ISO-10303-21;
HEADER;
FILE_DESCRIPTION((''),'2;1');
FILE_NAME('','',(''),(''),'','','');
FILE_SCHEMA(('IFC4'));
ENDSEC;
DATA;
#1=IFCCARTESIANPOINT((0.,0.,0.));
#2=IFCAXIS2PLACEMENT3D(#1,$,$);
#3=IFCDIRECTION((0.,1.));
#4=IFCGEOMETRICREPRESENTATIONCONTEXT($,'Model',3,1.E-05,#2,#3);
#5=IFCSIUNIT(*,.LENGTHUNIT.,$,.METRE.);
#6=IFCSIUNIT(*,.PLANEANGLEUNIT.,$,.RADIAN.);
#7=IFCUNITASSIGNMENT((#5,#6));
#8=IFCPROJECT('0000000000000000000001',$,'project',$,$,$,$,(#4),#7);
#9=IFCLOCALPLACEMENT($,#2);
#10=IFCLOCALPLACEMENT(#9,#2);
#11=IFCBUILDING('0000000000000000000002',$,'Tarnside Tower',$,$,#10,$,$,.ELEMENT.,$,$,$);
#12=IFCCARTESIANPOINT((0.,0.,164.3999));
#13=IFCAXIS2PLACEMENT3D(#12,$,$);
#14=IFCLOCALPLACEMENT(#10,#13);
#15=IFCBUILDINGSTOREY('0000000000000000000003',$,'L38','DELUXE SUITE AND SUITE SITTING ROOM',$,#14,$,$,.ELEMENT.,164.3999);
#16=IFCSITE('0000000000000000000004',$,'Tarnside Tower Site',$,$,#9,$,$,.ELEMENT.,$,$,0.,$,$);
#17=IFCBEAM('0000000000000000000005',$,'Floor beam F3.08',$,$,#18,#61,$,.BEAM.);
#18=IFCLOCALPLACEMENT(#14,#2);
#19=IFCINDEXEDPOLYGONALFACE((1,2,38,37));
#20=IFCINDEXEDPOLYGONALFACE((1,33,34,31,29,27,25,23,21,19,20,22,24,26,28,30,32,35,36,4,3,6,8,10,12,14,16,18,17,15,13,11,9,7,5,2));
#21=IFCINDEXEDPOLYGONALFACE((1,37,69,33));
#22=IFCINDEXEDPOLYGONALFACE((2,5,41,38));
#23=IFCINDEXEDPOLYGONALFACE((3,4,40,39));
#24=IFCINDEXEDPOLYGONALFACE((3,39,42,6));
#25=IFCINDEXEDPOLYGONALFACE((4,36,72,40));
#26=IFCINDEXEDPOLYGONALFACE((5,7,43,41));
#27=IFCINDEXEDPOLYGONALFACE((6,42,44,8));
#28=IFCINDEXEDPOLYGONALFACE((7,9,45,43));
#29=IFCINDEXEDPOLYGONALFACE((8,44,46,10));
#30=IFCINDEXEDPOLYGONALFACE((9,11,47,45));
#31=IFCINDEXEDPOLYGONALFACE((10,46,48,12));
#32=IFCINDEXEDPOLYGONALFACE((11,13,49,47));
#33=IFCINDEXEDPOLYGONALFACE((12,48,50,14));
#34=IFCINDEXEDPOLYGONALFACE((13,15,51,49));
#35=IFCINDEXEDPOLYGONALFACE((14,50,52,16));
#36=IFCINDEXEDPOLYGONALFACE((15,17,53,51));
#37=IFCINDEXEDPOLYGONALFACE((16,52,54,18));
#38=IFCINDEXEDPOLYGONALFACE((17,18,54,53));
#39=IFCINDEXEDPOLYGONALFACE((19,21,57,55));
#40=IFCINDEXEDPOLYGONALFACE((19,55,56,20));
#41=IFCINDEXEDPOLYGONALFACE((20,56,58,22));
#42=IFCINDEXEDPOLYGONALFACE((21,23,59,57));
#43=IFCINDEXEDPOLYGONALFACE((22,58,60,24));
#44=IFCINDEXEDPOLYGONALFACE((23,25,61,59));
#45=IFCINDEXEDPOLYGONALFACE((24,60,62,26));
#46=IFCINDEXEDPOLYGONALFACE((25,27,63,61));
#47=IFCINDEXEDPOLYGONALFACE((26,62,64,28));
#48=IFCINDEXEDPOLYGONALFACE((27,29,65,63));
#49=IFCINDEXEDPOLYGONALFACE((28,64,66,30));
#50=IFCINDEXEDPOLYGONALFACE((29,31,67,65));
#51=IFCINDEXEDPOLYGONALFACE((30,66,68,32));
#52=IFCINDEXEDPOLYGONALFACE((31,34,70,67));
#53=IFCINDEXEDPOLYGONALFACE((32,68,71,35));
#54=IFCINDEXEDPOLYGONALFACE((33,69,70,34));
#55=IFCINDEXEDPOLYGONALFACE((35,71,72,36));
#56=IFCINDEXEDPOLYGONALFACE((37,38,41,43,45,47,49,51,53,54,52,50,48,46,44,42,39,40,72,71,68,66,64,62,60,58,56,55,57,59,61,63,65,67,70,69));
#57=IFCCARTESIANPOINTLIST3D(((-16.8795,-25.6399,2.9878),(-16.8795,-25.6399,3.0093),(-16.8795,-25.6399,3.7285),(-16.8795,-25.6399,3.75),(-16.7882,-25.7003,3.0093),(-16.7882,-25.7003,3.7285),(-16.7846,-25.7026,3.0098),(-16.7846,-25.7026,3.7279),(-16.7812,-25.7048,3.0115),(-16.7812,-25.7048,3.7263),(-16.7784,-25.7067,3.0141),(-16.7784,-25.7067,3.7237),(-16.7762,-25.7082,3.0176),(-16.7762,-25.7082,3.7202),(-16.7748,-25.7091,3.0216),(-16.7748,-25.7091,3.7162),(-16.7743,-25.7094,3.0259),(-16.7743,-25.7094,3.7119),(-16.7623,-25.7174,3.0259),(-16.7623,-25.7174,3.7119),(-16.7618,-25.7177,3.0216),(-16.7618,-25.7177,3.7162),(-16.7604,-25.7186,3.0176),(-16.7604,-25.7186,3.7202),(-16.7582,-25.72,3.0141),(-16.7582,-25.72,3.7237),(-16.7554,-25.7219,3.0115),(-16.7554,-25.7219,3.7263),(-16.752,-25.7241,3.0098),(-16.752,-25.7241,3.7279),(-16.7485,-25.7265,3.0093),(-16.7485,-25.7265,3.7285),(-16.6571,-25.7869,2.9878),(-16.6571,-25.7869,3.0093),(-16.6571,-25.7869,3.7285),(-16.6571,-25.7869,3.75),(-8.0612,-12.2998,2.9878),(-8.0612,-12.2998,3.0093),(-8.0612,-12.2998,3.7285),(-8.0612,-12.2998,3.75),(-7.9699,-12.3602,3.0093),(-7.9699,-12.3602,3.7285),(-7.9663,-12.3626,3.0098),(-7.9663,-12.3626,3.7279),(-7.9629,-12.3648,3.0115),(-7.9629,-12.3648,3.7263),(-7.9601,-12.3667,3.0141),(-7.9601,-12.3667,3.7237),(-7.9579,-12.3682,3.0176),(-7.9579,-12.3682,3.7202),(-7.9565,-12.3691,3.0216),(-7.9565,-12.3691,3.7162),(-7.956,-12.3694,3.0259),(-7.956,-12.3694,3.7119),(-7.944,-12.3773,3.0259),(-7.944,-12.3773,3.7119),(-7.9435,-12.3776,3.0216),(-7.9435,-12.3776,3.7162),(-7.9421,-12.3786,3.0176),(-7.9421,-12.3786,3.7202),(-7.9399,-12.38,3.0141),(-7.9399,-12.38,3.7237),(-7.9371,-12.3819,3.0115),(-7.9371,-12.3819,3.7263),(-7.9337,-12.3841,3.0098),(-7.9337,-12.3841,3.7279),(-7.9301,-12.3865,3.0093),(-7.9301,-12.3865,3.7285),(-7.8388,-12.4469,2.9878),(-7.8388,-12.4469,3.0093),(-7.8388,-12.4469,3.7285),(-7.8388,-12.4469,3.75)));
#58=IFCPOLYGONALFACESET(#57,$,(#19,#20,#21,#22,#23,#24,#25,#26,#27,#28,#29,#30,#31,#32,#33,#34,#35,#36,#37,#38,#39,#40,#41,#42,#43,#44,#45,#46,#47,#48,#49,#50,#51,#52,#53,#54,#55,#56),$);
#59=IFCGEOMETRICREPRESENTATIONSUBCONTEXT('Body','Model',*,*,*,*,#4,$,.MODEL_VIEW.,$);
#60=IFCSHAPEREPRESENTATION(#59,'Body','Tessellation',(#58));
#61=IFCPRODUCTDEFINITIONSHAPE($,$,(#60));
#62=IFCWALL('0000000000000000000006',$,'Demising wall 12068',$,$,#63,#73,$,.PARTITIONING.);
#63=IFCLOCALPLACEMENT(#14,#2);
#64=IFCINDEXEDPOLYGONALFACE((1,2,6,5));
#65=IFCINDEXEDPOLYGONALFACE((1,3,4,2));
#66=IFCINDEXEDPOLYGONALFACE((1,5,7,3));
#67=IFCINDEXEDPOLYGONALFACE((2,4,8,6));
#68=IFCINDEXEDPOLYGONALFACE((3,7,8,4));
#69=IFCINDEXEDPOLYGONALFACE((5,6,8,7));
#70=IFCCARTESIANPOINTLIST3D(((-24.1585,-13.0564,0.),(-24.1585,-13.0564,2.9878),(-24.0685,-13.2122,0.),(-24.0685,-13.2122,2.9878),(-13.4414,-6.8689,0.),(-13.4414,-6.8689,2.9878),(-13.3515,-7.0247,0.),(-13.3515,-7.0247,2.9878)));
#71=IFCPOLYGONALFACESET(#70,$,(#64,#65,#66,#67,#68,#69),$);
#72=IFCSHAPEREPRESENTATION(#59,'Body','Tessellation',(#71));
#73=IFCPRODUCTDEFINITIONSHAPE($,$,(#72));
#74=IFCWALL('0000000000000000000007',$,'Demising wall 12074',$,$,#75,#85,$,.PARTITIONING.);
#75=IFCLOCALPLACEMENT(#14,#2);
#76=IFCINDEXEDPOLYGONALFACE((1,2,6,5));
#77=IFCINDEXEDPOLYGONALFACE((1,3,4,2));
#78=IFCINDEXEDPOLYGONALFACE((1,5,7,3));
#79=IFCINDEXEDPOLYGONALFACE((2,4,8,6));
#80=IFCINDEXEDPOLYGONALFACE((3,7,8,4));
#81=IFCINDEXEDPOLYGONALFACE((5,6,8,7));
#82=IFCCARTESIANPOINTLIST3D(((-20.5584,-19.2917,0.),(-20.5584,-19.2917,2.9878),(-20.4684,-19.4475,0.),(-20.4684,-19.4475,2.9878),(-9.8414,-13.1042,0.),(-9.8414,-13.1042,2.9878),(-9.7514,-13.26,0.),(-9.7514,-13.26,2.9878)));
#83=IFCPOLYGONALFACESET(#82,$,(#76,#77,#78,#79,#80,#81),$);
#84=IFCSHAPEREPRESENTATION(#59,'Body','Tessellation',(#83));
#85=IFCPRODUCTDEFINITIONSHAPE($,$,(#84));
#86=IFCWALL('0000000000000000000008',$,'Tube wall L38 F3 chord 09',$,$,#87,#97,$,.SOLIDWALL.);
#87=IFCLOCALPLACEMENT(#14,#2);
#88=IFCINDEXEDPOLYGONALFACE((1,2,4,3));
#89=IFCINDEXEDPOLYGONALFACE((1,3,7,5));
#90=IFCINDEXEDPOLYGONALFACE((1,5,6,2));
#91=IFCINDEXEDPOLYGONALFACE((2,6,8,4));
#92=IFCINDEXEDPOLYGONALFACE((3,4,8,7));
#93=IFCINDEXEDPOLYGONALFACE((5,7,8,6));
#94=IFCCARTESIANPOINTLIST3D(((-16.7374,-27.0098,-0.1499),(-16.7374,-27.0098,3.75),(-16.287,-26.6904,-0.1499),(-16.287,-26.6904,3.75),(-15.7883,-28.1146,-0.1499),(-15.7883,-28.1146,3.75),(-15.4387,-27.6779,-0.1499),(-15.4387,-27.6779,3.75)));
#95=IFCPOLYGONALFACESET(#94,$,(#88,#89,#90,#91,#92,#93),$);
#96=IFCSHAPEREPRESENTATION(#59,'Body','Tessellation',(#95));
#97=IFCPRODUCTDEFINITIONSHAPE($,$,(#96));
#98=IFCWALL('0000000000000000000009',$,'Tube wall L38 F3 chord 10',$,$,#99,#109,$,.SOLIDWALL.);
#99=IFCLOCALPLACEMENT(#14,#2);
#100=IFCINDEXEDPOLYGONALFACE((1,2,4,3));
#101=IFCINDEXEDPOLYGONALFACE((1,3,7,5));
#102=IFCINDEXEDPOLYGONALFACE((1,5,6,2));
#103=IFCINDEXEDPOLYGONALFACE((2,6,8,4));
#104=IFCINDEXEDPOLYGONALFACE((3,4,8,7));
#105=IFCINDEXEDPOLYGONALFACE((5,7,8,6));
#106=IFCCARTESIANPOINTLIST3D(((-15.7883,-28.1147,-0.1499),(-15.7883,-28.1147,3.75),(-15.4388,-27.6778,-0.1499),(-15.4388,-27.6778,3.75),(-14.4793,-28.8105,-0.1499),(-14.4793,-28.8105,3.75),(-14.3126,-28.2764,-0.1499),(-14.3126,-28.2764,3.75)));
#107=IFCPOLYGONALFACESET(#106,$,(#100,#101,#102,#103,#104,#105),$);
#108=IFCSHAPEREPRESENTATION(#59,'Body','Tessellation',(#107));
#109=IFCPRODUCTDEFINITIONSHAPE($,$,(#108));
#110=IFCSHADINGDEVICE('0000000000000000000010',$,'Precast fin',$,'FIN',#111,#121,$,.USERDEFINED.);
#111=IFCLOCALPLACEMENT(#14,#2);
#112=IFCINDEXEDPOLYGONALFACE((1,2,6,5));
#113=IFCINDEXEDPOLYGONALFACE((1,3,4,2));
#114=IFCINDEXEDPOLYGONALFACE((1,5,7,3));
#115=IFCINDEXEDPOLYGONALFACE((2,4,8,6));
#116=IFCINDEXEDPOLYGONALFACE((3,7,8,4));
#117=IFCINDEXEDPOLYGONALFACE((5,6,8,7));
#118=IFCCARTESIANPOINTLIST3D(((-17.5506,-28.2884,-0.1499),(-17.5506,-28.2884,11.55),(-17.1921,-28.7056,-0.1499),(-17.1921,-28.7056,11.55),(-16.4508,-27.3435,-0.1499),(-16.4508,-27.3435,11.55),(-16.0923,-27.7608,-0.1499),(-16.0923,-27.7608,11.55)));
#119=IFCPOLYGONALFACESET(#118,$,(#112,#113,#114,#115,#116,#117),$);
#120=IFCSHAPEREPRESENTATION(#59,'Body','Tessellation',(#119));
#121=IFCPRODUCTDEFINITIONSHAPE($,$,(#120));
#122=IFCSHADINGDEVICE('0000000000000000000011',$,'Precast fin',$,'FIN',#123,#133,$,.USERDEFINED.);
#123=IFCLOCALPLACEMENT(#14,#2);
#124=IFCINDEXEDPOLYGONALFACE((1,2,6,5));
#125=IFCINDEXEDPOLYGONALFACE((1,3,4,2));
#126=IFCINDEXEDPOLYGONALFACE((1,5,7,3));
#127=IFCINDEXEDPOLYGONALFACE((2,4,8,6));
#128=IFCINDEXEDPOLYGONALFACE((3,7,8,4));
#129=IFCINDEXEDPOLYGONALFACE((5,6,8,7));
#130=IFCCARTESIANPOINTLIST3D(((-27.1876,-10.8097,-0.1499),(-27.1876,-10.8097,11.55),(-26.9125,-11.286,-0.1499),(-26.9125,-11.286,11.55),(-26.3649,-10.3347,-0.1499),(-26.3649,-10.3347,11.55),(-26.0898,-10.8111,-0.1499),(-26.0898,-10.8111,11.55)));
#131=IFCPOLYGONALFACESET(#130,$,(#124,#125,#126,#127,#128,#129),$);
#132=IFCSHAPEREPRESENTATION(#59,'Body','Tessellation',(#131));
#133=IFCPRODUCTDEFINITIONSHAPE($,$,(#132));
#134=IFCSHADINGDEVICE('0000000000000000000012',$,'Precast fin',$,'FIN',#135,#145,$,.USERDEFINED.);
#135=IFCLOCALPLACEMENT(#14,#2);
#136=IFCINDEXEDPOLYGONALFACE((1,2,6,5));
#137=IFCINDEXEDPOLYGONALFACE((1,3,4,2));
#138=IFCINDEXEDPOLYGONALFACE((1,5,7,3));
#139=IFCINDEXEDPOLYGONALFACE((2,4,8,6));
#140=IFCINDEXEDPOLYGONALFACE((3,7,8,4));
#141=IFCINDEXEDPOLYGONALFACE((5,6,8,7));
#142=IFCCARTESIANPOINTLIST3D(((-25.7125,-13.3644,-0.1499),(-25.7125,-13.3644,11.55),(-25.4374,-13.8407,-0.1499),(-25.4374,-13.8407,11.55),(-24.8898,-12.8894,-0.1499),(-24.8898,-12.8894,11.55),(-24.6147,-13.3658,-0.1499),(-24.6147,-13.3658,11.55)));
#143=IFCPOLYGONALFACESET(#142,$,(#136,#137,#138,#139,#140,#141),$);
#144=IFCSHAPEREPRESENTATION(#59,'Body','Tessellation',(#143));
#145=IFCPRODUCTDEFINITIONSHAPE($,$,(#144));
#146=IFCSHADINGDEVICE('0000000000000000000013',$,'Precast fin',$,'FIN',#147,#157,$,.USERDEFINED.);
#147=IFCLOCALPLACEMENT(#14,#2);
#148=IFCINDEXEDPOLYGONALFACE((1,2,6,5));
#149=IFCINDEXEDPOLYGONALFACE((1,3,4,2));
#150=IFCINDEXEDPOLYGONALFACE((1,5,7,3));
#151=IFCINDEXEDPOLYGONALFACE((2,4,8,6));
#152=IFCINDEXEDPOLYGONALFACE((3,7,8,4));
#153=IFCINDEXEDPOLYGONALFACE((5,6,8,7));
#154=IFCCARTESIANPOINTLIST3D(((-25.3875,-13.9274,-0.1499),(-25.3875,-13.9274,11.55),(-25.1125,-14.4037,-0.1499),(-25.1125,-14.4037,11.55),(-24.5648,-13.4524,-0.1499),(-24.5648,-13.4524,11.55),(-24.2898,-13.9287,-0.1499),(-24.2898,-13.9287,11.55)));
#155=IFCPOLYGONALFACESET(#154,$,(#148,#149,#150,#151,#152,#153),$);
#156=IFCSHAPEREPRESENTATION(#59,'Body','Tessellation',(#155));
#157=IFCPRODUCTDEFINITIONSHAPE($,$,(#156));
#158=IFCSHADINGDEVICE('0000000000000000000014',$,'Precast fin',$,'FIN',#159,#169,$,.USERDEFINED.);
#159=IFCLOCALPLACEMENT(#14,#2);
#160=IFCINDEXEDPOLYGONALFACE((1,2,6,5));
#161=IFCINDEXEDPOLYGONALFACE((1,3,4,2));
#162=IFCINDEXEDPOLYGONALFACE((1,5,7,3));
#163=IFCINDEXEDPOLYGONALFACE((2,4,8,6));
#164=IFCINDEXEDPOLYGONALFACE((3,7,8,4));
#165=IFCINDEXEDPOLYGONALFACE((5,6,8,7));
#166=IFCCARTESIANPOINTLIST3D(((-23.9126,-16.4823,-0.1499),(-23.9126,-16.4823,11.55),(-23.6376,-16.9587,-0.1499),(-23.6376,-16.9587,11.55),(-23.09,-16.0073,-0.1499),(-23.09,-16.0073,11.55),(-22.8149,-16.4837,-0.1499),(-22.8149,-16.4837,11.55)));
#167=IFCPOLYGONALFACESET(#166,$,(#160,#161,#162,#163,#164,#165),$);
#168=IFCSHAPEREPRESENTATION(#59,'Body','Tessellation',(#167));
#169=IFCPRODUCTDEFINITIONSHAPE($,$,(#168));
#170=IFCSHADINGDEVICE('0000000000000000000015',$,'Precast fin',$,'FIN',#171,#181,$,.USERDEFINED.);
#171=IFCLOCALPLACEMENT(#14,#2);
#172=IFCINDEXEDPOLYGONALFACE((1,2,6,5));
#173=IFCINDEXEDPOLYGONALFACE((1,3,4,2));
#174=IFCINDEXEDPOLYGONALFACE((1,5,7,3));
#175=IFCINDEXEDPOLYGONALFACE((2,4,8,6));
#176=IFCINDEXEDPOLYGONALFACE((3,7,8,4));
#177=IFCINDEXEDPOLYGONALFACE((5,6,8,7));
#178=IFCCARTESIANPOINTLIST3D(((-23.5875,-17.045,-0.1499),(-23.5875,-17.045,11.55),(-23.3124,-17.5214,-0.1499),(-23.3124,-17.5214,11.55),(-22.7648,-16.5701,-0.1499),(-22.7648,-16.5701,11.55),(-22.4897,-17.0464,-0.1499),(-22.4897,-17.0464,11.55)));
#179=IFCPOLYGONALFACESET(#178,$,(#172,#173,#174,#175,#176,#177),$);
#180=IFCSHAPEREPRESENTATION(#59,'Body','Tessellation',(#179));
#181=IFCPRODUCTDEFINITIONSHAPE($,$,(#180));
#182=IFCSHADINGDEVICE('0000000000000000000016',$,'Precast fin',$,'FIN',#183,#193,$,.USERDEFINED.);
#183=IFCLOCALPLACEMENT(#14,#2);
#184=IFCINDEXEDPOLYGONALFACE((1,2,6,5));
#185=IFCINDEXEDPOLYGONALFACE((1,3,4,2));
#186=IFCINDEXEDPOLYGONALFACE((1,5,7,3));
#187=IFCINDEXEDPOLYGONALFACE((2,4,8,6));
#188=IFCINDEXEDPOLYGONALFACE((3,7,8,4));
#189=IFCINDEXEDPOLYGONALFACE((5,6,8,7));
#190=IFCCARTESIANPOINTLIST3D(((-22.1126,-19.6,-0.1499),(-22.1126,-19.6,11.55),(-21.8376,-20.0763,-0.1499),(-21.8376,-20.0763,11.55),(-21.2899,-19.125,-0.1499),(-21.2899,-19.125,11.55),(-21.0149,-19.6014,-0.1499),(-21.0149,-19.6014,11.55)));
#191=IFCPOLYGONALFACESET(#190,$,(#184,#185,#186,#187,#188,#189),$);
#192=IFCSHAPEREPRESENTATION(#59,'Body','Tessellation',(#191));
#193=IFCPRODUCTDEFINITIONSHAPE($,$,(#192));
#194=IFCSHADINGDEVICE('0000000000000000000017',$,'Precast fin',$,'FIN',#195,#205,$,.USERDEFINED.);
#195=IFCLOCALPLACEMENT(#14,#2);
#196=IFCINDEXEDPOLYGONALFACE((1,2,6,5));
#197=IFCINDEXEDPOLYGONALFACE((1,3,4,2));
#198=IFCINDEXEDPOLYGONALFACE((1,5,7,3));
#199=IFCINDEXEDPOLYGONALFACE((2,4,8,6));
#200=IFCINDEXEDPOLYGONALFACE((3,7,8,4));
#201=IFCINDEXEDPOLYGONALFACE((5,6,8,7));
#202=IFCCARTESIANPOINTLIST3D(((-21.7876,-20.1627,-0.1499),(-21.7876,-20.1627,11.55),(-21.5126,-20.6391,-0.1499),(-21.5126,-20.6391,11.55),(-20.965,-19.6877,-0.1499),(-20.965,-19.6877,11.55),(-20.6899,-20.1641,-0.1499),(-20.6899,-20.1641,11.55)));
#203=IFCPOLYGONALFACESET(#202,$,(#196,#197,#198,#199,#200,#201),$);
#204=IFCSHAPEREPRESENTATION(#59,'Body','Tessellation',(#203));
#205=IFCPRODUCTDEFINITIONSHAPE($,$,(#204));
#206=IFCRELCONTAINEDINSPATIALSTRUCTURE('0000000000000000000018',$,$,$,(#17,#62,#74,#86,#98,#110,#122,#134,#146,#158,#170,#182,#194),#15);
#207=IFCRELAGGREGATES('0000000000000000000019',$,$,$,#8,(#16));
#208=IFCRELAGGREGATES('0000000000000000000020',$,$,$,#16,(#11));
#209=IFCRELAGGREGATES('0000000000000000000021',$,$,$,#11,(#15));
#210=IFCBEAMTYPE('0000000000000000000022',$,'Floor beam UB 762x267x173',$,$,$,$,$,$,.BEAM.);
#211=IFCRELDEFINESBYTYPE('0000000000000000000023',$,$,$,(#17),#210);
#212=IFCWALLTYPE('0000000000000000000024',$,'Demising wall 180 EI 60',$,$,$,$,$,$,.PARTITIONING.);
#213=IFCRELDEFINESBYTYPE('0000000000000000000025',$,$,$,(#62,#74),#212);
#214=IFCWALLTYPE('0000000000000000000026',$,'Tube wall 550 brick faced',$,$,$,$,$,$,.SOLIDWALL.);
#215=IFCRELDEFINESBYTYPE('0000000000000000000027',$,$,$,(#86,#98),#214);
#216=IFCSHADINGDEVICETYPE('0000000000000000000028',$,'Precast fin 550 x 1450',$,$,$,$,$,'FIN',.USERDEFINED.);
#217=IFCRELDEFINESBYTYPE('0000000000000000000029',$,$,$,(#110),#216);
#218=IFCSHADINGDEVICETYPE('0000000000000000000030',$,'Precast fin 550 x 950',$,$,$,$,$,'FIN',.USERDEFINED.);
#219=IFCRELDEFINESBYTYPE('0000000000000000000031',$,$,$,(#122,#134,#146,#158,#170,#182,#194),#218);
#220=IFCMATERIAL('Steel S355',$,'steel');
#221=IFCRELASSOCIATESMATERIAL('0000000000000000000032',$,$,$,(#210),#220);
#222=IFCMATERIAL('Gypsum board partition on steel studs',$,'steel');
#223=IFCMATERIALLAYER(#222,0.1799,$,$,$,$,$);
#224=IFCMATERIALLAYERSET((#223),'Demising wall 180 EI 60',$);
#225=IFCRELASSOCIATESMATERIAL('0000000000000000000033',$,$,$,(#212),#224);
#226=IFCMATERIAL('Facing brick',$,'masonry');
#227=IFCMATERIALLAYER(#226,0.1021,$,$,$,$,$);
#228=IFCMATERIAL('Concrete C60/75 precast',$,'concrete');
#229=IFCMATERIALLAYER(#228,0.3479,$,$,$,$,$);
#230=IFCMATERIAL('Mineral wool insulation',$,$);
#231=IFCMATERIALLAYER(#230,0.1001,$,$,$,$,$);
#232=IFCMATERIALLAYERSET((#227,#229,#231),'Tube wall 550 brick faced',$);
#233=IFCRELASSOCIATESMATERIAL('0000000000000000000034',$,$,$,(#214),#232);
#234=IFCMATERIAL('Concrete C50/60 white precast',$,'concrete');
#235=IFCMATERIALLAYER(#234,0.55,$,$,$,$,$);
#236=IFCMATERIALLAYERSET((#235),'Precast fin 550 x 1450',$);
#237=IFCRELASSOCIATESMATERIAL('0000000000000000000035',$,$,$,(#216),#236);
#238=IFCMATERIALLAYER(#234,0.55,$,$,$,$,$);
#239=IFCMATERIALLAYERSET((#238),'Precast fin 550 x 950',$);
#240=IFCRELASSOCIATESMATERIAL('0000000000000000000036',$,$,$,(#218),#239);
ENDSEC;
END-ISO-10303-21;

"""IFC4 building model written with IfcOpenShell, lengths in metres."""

from ifc_helpers import new_model, si_unit, direction, frame, frame_2d, origin, origin_2d, place, context, subcontext, project, spatial, polyline, rectangle, i_section, outline, extrude, material, layer, layer_set, material_profile, profile_set, type_object, element, save


model = new_model("IFC4")

# Units and contexts
model_context = context("Model", 3, precision=1e-05, world=origin(), true_north=direction((0.0, 1.0)))
body_context = subcontext(model_context, "Body", "Model", "MODEL_VIEW")
ifc_project = project(units=[si_unit("LENGTHUNIT", "METRE"), si_unit("PLANEANGLEUNIT", "RADIAN")], contexts=[model_context])

# Site, building, storey
site_placement = place(None, origin())
site = spatial("IfcSite", under=ifc_project, at=site_placement, Name="Tarnside Tower Site", CompositionType="ELEMENT", RefElevation=0.0)
building_placement = place(site_placement, origin())
building = spatial("IfcBuilding", under=site, at=building_placement, Name="Tarnside Tower", CompositionType="ELEMENT")
storey_placement = place(building_placement, frame((0.0, 0.0, 164.3999)))
storey = spatial("IfcBuildingStorey", under=building, at=storey_placement, Name="L38", Description="DELUXE SUITE AND SUITE SITTING ROOM", CompositionType="ELEMENT", Elevation=164.3999)

# Beam
ifc_material_1 = material(Name="Steel S355", Category="steel")
ifc_material_profile_1 = material_profile(ifc_material_1, i_section(OverallWidth=0.2666, OverallDepth=0.7622, WebThickness=0.0144, FlangeThickness=0.0215, FilletRadius=0.0166, at=origin_2d()), Name="UB 762x267x173")
ifc_profile_set_1 = profile_set([ifc_material_profile_1], Name="Steel S355")
beam_type_1 = type_object("IfcBeamType", Name="Floor beam UB 762x267x173", PredefinedType="BEAM", material=ifc_profile_set_1)
beam_1_placement = place(storey_placement, frame((-16.7683, -25.7134, 3.3689), z_axis=(0.551448, 0.83421, 0.0), x_axis=(-0.83421, 0.551448, 0.0)))
element("IfcBeam", 1, at=beam_1_placement, inside=storey, type_object=beam_type_1, Name="Floor beam F3.08", PredefinedType="BEAM", context=body_context, shape_type="SweptSolid", body=[
    extrude(i_section(OverallWidth=0.2666, OverallDepth=0.7622, WebThickness=0.0144, FlangeThickness=0.0215, FilletRadius=0.0166, at=origin_2d()), origin(), (0.0, 0.0, 1.0), 15.9912),
])

# Walls
ifc_material_2 = material(Name="Gypsum board partition on steel studs", Category="steel")
ifc_layer_1 = layer(ifc_material_2, 0.1799)
ifc_layer_set_1 = layer_set([ifc_layer_1], Name="Demising wall 180 EI 60")
wall_type_1 = type_object("IfcWallType", Name="Demising wall 180 EI 60", PredefinedType="PARTITIONING", material=ifc_layer_set_1)
for number, where, z_axis, x_axis, name in (
    (2, (-24.1135, -13.1343, 0.0), (0.0, 0.0, 1.0), (0.866025, 0.500001, 0.0), "Demising wall 12068"),
    (3, (-20.5134, -19.3696, 0.0), (0.0, 0.0, 1.0), (0.866025, 0.500001, 0.0), "Demising wall 12074"),
):
    element("IfcWall", number, at=place(storey_placement, frame(where, z_axis=z_axis, x_axis=x_axis)), inside=storey, type_object=wall_type_1, Name=name, PredefinedType="PARTITIONING", context=body_context, shape_type="SweptSolid", body=[
        extrude(rectangle(XDim=12.375, YDim=0.1799, at=frame_2d((6.1875, 0.0))), origin(), (0.0, 0.0, 1.0), 2.9878),
    ])
ifc_material_3 = material(Name="Facing brick", Category="masonry")
ifc_layer_2 = layer(ifc_material_3, 0.1021)
ifc_material_4 = material(Name="Concrete C60/75 precast", Category="concrete")
ifc_layer_3 = layer(ifc_material_4, 0.3479)
ifc_material_5 = material(Name="Mineral wool insulation")
ifc_layer_4 = layer(ifc_material_5, 0.1001)
ifc_layer_set_2 = layer_set([ifc_layer_2, ifc_layer_3, ifc_layer_4], Name="Tube wall 550 brick faced")
wall_type_2 = type_object("IfcWallType", Name="Tube wall 550 brick faced", PredefinedType="SOLIDWALL", material=ifc_layer_set_2)
wall_1_placement = place(storey_placement, frame((-16.5122, -26.8501, -0.1499), z_axis=(0.0, 0.0, 1.0), x_axis=(0.651622, -0.758544, 0.0)))
element("IfcWall", 4, at=wall_1_placement, inside=storey, type_object=wall_type_2, Name="Tube wall L38 F3 chord 09", PredefinedType="SOLIDWALL", context=body_context, shape_type="SweptSolid", body=[
    extrude(outline(polyline([(-0.0256, -0.2749), (1.4309, -0.2749), (1.3274, 0.2749), (0.0256, 0.2749), (-0.0256, -0.2749)])), origin(), (0.0, 0.0, 1.0), 3.8999),
])
wall_2_placement = place(storey_placement, frame((-15.6135, -27.8962, -0.1499), z_axis=(0.0, 0.0, 1.0), x_axis=(0.882994, -0.469384, 0.0)))
element("IfcWall", 5, at=wall_2_placement, inside=storey, type_object=wall_type_2, Name="Tube wall L38 F3 chord 10", PredefinedType="SOLIDWALL", context=body_context, shape_type="SweptSolid", body=[
    extrude(outline(polyline([(-0.0518, -0.2749), (1.4307, -0.2749), (1.3271, 0.2749), (0.0518, 0.2749), (-0.0518, -0.2749)])), origin(), (0.0, 0.0, 1.0), 3.8999),
])

# Shading devices
ifc_material_6 = material(Name="Concrete C50/60 white precast", Category="concrete")
ifc_layer_5 = layer(ifc_material_6, 0.55)
ifc_layer_set_3 = layer_set([ifc_layer_5], Name="Precast fin 550 x 1450")
shading_device_type_1 = type_object("IfcShadingDeviceType", Name="Precast fin 550 x 1450", ElementType="FIN", PredefinedType="USERDEFINED", material=ifc_layer_set_3)
shading_device_placement = place(storey_placement, frame((-16.2715, -27.5522, -0.1499), z_axis=(-0.651657, 0.758514, 0.0), x_axis=(-0.758514, -0.651657, 0.0)))
element("IfcShadingDevice", 6, at=shading_device_placement, inside=storey, type_object=shading_device_type_1, Name="Precast fin", ObjectType="FIN", PredefinedType="USERDEFINED", context=body_context, shape_type="SweptSolid", body=[
    extrude(outline(polyline([(0.0, 0.0), (1.45, 0.0), (1.45, 11.7), (0.0, 11.7), (0.0, 0.0)])), frame((0.0, 0.0, -0.2749)), (0.0, 0.0, 1.0), 0.55),
])
ifc_layer_6 = layer(ifc_material_6, 0.55)
ifc_layer_set_4 = layer_set([ifc_layer_6], Name="Precast fin 550 x 950")
shading_device_type_2 = type_object("IfcShadingDeviceType", Name="Precast fin 550 x 950", ElementType="FIN", PredefinedType="USERDEFINED", material=ifc_layer_set_4)
for number, where, z_axis, x_axis, name in (
    (7, (-26.2273, -10.573, -0.1499), (-0.5, 0.866025, 0.0), (-0.866025, -0.5, 0.0), "Precast fin"),
    (8, (-24.7522, -13.1277, -0.1499), (-0.5, 0.866025, 0.0), (-0.866025, -0.5, 0.0), "Precast fin"),
    (9, (-24.4272, -13.6907, -0.1499), (-0.5, 0.866025, 0.0), (-0.866025, -0.5, 0.0), "Precast fin"),
    (10, (-22.9524, -16.2456, -0.1499), (-0.5, 0.866025, 0.0), (-0.866025, -0.5, 0.0), "Precast fin"),
    (11, (-22.6272, -16.8083, -0.1499), (-0.5, 0.866025, 0.0), (-0.866025, -0.5, 0.0), "Precast fin"),
    (12, (-21.1523, -19.3633, -0.1499), (-0.5, 0.866025, 0.0), (-0.866025, -0.5, 0.0), "Precast fin"),
    (13, (-20.8274, -19.926, -0.1499), (-0.5, 0.866025, 0.0), (-0.866025, -0.5, 0.0), "Precast fin"),
):
    element("IfcShadingDevice", number, at=place(storey_placement, frame(where, z_axis=z_axis, x_axis=x_axis)), inside=storey, type_object=shading_device_type_2, Name=name, ObjectType="FIN", PredefinedType="USERDEFINED", context=body_context, shape_type="SweptSolid", body=[
        extrude(outline(polyline([(0.0, 0.0), (0.95, 0.0), (0.95, 11.7), (0.0, 11.7), (0.0, 0.0)])), frame((0.0, 0.0, -0.2749)), (0.0, 0.0, 1.0), 0.55),
    ])

save(model, "model.ifc")
